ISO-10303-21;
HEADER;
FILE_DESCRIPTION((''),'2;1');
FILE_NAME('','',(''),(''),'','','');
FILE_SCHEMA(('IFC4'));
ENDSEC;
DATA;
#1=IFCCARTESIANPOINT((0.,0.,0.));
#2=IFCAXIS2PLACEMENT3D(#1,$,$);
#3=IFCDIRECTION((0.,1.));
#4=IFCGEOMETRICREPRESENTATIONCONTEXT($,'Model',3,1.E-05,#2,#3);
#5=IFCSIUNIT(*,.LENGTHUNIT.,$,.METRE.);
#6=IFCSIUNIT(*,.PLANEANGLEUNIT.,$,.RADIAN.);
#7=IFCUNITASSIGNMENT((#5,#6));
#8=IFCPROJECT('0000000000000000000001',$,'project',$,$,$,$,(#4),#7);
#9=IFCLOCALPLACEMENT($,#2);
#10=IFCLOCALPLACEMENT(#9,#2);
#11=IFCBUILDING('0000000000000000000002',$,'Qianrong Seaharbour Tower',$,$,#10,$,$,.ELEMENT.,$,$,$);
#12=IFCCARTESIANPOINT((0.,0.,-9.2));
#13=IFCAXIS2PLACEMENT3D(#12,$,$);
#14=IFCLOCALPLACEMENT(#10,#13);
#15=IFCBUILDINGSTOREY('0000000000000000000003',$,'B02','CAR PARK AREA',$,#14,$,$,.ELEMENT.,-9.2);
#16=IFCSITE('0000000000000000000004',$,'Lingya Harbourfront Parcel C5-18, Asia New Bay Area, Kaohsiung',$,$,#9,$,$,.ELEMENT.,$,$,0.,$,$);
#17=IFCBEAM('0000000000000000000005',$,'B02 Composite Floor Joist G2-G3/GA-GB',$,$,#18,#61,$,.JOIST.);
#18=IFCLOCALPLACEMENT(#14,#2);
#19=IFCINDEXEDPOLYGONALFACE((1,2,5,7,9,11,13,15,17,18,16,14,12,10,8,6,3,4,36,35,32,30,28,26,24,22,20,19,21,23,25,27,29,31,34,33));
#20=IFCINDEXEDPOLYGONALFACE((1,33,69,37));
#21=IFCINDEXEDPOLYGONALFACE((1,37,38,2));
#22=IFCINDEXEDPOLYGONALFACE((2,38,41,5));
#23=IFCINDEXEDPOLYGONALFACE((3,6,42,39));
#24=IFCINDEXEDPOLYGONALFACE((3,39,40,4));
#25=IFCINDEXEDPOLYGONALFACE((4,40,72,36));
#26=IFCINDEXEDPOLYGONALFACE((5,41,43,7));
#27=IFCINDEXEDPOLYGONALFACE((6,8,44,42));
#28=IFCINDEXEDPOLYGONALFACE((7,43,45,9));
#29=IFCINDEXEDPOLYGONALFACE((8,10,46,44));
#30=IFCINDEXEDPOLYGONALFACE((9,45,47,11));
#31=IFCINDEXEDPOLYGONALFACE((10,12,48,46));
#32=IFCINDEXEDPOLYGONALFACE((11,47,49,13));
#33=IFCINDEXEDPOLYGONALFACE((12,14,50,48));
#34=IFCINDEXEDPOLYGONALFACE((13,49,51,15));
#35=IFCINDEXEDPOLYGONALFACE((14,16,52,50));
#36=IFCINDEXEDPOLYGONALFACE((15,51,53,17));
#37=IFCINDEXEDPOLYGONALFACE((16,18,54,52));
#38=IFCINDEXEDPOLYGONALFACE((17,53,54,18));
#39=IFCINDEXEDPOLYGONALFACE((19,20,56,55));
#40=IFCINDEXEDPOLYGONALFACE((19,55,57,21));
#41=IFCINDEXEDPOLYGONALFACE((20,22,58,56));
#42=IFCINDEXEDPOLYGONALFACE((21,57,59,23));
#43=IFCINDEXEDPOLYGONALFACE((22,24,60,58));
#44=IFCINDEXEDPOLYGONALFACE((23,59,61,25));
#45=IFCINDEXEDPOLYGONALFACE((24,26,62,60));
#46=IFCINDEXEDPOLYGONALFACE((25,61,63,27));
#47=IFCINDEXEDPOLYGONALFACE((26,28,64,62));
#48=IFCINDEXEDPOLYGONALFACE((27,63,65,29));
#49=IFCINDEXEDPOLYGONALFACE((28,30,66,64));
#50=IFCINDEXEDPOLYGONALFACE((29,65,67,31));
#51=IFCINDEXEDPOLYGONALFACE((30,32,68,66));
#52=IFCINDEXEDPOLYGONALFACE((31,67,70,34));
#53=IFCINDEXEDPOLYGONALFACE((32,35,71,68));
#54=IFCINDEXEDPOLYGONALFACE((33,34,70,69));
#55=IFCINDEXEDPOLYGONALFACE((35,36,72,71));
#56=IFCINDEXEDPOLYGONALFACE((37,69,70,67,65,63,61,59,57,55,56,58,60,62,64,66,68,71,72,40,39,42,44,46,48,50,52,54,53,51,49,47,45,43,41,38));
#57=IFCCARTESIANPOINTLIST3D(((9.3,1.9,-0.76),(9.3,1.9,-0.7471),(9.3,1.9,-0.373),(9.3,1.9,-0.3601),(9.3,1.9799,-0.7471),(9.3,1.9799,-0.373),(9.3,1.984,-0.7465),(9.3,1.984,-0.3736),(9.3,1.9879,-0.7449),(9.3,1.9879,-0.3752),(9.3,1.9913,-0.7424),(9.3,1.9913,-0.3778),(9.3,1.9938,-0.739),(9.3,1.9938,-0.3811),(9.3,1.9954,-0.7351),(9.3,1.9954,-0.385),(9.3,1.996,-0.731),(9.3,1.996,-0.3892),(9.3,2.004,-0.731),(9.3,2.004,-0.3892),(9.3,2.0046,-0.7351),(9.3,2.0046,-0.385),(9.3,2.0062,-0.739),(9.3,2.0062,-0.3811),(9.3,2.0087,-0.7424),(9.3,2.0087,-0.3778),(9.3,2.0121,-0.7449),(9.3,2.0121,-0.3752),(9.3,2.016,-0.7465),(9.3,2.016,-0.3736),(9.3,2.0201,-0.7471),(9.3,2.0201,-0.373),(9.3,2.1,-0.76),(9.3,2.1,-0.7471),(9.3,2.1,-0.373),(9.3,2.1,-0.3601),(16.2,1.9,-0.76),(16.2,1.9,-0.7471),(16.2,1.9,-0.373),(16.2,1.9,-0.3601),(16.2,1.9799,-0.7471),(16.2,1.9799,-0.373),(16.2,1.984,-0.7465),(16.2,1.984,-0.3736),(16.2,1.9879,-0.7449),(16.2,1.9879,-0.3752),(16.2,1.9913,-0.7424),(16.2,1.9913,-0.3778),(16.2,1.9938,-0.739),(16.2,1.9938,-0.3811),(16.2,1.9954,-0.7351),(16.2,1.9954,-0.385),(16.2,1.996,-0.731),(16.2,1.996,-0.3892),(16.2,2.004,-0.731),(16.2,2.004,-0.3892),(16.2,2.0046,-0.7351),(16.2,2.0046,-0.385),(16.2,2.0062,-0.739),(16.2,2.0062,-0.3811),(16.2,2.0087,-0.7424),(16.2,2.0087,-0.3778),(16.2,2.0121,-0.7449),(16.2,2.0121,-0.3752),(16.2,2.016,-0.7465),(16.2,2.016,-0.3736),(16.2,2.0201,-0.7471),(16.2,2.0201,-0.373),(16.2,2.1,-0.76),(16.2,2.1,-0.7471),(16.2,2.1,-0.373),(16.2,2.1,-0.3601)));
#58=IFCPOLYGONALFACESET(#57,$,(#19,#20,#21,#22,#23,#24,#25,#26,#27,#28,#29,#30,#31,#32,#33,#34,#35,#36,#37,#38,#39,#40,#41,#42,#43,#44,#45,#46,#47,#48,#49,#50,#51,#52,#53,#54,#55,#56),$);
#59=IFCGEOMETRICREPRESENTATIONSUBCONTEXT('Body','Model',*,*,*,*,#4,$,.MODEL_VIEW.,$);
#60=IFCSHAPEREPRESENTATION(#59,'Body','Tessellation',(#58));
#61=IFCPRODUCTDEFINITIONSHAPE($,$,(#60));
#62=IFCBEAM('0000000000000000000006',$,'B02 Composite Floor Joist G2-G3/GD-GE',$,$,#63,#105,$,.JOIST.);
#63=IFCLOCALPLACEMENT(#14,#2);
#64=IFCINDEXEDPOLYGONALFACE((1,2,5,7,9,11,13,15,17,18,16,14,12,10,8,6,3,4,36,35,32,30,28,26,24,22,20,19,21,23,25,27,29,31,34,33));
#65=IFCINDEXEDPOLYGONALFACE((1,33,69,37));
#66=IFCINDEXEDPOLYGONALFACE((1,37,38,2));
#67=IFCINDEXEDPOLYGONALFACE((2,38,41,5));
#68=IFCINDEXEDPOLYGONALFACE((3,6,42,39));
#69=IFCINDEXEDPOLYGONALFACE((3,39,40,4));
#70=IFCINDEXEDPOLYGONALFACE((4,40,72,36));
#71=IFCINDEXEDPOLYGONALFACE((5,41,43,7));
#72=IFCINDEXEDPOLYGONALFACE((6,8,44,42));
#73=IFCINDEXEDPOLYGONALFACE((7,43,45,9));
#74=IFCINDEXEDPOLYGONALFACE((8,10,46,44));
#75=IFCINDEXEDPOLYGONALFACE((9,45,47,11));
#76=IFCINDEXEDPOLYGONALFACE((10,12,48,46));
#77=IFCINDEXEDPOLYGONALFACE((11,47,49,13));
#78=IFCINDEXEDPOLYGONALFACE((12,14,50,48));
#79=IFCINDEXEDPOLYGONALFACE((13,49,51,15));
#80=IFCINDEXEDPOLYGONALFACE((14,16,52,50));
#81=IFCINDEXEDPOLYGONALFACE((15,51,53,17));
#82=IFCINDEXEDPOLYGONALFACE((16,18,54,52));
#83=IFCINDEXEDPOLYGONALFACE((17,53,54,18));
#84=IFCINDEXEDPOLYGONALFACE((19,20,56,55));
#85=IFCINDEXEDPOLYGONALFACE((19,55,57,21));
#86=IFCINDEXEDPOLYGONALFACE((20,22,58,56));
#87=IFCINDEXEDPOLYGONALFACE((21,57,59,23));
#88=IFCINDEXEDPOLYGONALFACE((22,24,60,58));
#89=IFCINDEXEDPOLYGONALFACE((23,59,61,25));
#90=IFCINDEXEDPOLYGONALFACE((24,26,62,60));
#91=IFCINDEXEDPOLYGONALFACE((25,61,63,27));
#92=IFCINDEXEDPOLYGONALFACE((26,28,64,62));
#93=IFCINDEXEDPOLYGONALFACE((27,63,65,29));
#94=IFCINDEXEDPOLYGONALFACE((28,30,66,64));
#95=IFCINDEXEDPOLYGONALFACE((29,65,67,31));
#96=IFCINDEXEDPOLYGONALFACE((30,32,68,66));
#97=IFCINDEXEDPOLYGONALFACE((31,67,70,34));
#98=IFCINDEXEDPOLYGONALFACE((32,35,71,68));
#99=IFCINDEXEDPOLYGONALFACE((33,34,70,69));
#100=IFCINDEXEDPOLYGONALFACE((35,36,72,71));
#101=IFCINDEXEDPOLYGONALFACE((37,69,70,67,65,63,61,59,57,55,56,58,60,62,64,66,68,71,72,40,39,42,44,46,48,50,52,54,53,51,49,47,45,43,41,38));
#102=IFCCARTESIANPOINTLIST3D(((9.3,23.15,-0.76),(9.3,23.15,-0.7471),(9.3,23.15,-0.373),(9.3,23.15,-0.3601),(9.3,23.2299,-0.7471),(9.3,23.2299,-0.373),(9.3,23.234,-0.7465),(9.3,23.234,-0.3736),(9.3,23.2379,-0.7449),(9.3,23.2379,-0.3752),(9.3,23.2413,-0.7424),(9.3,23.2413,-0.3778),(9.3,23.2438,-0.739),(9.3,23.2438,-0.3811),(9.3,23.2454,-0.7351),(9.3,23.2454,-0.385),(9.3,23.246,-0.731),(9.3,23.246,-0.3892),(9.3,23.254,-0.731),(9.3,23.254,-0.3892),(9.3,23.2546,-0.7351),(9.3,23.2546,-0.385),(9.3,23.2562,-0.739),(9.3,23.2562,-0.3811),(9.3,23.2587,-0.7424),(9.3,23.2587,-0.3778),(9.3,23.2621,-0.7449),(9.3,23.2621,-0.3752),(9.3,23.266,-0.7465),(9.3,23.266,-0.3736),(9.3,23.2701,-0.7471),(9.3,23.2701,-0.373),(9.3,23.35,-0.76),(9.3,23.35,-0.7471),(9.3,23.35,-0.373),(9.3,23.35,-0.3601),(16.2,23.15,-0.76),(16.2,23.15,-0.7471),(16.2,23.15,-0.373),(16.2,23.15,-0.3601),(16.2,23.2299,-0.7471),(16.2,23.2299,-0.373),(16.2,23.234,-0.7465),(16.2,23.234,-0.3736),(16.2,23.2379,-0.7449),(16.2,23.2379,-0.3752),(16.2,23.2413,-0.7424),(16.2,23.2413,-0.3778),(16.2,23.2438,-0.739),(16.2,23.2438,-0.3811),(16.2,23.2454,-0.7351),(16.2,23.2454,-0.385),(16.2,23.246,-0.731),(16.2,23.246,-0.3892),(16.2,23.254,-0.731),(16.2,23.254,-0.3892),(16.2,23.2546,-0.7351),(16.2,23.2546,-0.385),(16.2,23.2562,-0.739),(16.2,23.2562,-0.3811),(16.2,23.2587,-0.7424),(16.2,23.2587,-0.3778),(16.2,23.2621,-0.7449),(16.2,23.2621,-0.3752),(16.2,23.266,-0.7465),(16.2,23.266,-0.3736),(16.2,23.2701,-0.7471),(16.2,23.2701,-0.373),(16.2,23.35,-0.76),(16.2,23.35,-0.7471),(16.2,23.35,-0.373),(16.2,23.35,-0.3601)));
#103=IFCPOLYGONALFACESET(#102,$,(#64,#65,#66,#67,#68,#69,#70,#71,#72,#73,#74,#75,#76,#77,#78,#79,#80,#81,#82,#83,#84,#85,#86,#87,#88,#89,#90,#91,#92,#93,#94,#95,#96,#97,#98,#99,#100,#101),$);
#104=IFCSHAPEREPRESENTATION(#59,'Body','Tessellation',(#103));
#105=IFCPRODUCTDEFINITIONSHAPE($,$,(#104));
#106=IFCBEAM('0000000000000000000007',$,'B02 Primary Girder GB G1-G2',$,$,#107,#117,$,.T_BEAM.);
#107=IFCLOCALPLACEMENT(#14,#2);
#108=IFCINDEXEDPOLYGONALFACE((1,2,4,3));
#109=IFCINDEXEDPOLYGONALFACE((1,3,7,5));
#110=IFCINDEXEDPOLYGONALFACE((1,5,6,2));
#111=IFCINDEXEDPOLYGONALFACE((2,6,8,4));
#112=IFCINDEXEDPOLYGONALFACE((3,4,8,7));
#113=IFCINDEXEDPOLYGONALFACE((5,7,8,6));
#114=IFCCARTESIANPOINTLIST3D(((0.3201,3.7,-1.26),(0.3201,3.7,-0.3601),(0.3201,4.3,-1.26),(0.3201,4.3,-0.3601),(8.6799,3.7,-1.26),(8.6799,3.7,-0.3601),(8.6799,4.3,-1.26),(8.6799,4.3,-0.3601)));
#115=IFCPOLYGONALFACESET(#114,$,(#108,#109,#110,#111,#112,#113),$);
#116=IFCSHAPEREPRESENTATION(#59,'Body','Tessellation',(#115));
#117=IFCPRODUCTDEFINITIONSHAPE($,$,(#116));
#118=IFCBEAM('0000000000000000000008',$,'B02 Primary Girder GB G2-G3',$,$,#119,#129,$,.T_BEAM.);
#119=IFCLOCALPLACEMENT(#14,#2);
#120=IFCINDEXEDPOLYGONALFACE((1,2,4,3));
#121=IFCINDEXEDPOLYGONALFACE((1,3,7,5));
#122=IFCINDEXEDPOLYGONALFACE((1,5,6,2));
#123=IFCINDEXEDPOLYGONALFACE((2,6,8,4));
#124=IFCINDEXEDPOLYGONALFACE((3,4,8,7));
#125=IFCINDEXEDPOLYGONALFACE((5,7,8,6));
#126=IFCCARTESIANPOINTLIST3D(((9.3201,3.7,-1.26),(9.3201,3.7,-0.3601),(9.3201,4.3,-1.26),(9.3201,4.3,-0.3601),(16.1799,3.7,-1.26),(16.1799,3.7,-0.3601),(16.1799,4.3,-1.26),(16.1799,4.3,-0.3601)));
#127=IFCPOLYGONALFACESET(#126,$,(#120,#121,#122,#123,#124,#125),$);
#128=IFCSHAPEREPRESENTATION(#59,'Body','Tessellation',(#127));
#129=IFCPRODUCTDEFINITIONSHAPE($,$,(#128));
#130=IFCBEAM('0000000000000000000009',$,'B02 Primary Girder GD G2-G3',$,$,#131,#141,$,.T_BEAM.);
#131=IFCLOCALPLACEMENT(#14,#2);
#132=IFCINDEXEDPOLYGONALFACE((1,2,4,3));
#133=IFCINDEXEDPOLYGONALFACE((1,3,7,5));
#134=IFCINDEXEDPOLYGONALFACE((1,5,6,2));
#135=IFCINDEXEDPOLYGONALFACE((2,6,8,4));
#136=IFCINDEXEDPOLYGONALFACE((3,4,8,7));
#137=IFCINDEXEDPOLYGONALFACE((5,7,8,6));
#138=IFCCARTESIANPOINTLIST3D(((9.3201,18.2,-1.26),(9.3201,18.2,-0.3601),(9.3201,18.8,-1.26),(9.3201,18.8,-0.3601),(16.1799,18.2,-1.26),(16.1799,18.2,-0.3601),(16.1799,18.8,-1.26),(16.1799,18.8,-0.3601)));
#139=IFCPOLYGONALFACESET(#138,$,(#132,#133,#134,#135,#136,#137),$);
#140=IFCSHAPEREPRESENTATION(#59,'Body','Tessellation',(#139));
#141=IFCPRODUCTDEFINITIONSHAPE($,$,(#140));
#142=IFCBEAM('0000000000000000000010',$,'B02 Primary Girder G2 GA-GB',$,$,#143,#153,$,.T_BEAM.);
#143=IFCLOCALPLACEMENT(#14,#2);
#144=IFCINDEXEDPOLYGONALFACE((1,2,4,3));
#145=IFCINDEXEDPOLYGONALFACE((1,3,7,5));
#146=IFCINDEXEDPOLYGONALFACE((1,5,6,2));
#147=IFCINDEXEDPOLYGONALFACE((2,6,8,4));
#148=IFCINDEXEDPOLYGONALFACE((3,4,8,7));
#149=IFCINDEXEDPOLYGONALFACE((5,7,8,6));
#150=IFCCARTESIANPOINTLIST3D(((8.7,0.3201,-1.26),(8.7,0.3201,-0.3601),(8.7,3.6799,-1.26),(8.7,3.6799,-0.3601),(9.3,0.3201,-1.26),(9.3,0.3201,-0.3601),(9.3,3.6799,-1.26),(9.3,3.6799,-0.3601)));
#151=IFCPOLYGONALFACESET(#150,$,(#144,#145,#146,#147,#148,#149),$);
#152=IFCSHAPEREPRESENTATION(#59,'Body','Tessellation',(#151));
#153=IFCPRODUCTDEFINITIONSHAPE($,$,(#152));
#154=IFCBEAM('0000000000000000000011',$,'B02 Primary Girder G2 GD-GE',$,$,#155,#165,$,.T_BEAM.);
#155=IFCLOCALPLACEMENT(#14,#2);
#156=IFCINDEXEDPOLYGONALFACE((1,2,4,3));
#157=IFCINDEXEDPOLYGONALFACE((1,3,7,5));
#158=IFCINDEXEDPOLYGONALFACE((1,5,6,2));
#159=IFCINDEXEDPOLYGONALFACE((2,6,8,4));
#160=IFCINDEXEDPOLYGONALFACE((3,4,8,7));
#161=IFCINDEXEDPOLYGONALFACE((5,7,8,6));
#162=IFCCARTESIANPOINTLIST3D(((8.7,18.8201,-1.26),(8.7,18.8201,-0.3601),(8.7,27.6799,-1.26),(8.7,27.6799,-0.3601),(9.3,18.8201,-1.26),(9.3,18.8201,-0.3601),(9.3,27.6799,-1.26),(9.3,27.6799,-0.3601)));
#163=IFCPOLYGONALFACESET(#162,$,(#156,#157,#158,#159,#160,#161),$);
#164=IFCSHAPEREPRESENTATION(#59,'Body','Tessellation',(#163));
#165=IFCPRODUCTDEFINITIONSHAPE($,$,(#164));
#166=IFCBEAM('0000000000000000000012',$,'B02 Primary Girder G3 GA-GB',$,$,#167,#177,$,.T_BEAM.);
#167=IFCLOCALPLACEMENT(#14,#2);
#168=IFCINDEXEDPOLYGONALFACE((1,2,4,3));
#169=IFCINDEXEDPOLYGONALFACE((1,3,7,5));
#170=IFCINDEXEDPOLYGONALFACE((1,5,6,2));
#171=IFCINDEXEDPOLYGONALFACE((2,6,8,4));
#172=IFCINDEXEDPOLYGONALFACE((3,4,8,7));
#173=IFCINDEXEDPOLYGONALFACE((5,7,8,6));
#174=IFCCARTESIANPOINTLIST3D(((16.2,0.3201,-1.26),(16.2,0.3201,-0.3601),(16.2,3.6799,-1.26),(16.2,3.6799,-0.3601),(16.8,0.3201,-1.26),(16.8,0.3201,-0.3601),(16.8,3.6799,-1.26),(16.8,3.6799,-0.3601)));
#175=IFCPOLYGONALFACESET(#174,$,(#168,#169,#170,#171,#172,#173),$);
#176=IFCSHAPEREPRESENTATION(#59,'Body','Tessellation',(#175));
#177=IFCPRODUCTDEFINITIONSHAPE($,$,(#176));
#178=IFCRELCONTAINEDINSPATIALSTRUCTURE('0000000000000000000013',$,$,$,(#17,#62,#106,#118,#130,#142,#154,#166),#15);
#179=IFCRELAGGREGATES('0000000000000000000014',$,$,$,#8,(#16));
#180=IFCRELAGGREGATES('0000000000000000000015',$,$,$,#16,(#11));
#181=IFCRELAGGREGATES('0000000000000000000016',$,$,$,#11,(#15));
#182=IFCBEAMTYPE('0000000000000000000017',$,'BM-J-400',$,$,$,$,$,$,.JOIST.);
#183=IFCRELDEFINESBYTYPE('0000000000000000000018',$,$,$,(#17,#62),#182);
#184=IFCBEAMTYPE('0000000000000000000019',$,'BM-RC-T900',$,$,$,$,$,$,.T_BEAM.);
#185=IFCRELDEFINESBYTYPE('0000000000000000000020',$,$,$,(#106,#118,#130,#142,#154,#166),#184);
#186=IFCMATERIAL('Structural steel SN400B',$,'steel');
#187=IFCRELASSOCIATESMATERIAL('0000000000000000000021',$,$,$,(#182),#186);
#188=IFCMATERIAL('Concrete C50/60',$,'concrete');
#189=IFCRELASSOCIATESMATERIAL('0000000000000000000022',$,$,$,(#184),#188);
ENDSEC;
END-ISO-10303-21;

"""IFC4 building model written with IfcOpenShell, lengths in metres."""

from ifc_helpers import new_model, si_unit, direction, frame, origin, origin_2d, place, context, subcontext, project, spatial, rectangle, i_section, extrude, material, material_profile, profile_set, type_object, element, save


model = new_model("IFC4")

# Units and contexts
model_context = context("Model", 3, precision=1e-05, world=origin(), true_north=direction((0.0, 1.0)))
body_context = subcontext(model_context, "Body", "Model", "MODEL_VIEW")
ifc_project = project(units=[si_unit("LENGTHUNIT", "METRE"), si_unit("PLANEANGLEUNIT", "RADIAN")], contexts=[model_context])

# Site, building, storey
site_placement = place(None, origin())
site = spatial("IfcSite", under=ifc_project, at=site_placement, Name="Lingya Harbourfront Parcel C5-18, Asia New Bay Area, Kaohsiung", CompositionType="ELEMENT", RefElevation=0.0)
building_placement = place(site_placement, origin())
building = spatial("IfcBuilding", under=site, at=building_placement, Name="Qianrong Seaharbour Tower", CompositionType="ELEMENT")
storey_placement = place(building_placement, frame((0.0, 0.0, -9.2)))
storey = spatial("IfcBuildingStorey", under=building, at=storey_placement, Name="B02", Description="CAR PARK AREA", CompositionType="ELEMENT", Elevation=-9.2)

# Beams
ifc_material_1 = material(Name="Structural steel SN400B", Category="steel")
ifc_material_profile_1 = material_profile(ifc_material_1, i_section(OverallWidth=0.2, OverallDepth=0.3999, WebThickness=0.0081, FlangeThickness=0.0129, FilletRadius=0.0161, at=origin_2d()), Name="H400x200x8x13")
ifc_profile_set_1 = profile_set([ifc_material_profile_1], Name="Structural steel SN400B")
beam_type_1 = type_object("IfcBeamType", Name="BM-J-400", PredefinedType="JOIST", material=ifc_profile_set_1)
for number, where, z_axis, x_axis, name in (
    (1, (9.3, 2.0, -0.5601), (1.0, 0.0, 0.0), (0.0, 1.0, 0.0), "B02 Composite Floor Joist G2-G3/GA-GB"),
    (2, (9.3, 23.25, -0.5601), (1.0, 0.0, 0.0), (0.0, 1.0, 0.0), "B02 Composite Floor Joist G2-G3/GD-GE"),
):
    element("IfcBeam", number, at=place(storey_placement, frame(where, z_axis=z_axis, x_axis=x_axis)), inside=storey, type_object=beam_type_1, Name=name, PredefinedType="JOIST", context=body_context, shape_type="SweptSolid", body=[
        extrude(i_section(OverallWidth=0.2, OverallDepth=0.3999, WebThickness=0.0081, FlangeThickness=0.0129, FilletRadius=0.0161, at=origin_2d()), origin(), (0.0, 0.0, 1.0), 6.8999),
    ])
ifc_material_2 = material(Name="Concrete C50/60", Category="concrete")
ifc_material_profile_2 = material_profile(ifc_material_2, rectangle(XDim=0.6001, YDim=0.8999, at=origin_2d()), Name="RC600x900")
ifc_profile_set_2 = profile_set([ifc_material_profile_2], Name="Concrete C50/60")
beam_type_2 = type_object("IfcBeamType", Name="BM-RC-T900", PredefinedType="T_BEAM", material=ifc_profile_set_2)
beam_1_placement = place(storey_placement, frame((0.3201, 4.0, -0.8101), z_axis=(1.0, 0.0, 0.0), x_axis=(0.0, 1.0, 0.0)))
element("IfcBeam", 3, at=beam_1_placement, inside=storey, type_object=beam_type_2, Name="B02 Primary Girder GB G1-G2", PredefinedType="T_BEAM", context=body_context, shape_type="SweptSolid", body=[
    extrude(rectangle(XDim=0.6001, YDim=0.8999, at=origin_2d()), origin(), (0.0, 0.0, 1.0), 8.3599),
])
for number, where, z_axis, x_axis, name in (
    (4, (9.3201, 4.0, -0.8101), (1.0, 0.0, 0.0), (0.0, 1.0, 0.0), "B02 Primary Girder GB G2-G3"),
    (5, (9.3201, 18.5, -0.8101), (1.0, 0.0, 0.0), (0.0, 1.0, 0.0), "B02 Primary Girder GD G2-G3"),
):
    element("IfcBeam", number, at=place(storey_placement, frame(where, z_axis=z_axis, x_axis=x_axis)), inside=storey, type_object=beam_type_2, Name=name, PredefinedType="T_BEAM", context=body_context, shape_type="SweptSolid", body=[
        extrude(rectangle(XDim=0.6001, YDim=0.8999, at=origin_2d()), origin(), (0.0, 0.0, 1.0), 6.8599),
    ])
beam_2_placement = place(storey_placement, frame((9.0, 0.3201, -0.8101), z_axis=(0.0, 1.0, 0.0), x_axis=(-1.0, 0.0, 0.0)))
element("IfcBeam", 6, at=beam_2_placement, inside=storey, type_object=beam_type_2, Name="B02 Primary Girder G2 GA-GB", PredefinedType="T_BEAM", context=body_context, shape_type="SweptSolid", body=[
    extrude(rectangle(XDim=0.6001, YDim=0.8999, at=origin_2d()), origin(), (0.0, 0.0, 1.0), 3.3599),
])
beam_3_placement = place(storey_placement, frame((9.0, 18.8201, -0.8101), z_axis=(0.0, 1.0, 0.0), x_axis=(-1.0, 0.0, 0.0)))
element("IfcBeam", 7, at=beam_3_placement, inside=storey, type_object=beam_type_2, Name="B02 Primary Girder G2 GD-GE", PredefinedType="T_BEAM", context=body_context, shape_type="SweptSolid", body=[
    extrude(rectangle(XDim=0.6001, YDim=0.8999, at=origin_2d()), origin(), (0.0, 0.0, 1.0), 8.8599),
])
beam_4_placement = place(storey_placement, frame((16.5, 0.3201, -0.8101), z_axis=(0.0, 1.0, 0.0), x_axis=(-1.0, 0.0, 0.0)))
element("IfcBeam", 8, at=beam_4_placement, inside=storey, type_object=beam_type_2, Name="B02 Primary Girder G3 GA-GB", PredefinedType="T_BEAM", context=body_context, shape_type="SweptSolid", body=[
    extrude(rectangle(XDim=0.6001, YDim=0.8999, at=origin_2d()), origin(), (0.0, 0.0, 1.0), 3.3599),
])

save(model, "model.ifc")
